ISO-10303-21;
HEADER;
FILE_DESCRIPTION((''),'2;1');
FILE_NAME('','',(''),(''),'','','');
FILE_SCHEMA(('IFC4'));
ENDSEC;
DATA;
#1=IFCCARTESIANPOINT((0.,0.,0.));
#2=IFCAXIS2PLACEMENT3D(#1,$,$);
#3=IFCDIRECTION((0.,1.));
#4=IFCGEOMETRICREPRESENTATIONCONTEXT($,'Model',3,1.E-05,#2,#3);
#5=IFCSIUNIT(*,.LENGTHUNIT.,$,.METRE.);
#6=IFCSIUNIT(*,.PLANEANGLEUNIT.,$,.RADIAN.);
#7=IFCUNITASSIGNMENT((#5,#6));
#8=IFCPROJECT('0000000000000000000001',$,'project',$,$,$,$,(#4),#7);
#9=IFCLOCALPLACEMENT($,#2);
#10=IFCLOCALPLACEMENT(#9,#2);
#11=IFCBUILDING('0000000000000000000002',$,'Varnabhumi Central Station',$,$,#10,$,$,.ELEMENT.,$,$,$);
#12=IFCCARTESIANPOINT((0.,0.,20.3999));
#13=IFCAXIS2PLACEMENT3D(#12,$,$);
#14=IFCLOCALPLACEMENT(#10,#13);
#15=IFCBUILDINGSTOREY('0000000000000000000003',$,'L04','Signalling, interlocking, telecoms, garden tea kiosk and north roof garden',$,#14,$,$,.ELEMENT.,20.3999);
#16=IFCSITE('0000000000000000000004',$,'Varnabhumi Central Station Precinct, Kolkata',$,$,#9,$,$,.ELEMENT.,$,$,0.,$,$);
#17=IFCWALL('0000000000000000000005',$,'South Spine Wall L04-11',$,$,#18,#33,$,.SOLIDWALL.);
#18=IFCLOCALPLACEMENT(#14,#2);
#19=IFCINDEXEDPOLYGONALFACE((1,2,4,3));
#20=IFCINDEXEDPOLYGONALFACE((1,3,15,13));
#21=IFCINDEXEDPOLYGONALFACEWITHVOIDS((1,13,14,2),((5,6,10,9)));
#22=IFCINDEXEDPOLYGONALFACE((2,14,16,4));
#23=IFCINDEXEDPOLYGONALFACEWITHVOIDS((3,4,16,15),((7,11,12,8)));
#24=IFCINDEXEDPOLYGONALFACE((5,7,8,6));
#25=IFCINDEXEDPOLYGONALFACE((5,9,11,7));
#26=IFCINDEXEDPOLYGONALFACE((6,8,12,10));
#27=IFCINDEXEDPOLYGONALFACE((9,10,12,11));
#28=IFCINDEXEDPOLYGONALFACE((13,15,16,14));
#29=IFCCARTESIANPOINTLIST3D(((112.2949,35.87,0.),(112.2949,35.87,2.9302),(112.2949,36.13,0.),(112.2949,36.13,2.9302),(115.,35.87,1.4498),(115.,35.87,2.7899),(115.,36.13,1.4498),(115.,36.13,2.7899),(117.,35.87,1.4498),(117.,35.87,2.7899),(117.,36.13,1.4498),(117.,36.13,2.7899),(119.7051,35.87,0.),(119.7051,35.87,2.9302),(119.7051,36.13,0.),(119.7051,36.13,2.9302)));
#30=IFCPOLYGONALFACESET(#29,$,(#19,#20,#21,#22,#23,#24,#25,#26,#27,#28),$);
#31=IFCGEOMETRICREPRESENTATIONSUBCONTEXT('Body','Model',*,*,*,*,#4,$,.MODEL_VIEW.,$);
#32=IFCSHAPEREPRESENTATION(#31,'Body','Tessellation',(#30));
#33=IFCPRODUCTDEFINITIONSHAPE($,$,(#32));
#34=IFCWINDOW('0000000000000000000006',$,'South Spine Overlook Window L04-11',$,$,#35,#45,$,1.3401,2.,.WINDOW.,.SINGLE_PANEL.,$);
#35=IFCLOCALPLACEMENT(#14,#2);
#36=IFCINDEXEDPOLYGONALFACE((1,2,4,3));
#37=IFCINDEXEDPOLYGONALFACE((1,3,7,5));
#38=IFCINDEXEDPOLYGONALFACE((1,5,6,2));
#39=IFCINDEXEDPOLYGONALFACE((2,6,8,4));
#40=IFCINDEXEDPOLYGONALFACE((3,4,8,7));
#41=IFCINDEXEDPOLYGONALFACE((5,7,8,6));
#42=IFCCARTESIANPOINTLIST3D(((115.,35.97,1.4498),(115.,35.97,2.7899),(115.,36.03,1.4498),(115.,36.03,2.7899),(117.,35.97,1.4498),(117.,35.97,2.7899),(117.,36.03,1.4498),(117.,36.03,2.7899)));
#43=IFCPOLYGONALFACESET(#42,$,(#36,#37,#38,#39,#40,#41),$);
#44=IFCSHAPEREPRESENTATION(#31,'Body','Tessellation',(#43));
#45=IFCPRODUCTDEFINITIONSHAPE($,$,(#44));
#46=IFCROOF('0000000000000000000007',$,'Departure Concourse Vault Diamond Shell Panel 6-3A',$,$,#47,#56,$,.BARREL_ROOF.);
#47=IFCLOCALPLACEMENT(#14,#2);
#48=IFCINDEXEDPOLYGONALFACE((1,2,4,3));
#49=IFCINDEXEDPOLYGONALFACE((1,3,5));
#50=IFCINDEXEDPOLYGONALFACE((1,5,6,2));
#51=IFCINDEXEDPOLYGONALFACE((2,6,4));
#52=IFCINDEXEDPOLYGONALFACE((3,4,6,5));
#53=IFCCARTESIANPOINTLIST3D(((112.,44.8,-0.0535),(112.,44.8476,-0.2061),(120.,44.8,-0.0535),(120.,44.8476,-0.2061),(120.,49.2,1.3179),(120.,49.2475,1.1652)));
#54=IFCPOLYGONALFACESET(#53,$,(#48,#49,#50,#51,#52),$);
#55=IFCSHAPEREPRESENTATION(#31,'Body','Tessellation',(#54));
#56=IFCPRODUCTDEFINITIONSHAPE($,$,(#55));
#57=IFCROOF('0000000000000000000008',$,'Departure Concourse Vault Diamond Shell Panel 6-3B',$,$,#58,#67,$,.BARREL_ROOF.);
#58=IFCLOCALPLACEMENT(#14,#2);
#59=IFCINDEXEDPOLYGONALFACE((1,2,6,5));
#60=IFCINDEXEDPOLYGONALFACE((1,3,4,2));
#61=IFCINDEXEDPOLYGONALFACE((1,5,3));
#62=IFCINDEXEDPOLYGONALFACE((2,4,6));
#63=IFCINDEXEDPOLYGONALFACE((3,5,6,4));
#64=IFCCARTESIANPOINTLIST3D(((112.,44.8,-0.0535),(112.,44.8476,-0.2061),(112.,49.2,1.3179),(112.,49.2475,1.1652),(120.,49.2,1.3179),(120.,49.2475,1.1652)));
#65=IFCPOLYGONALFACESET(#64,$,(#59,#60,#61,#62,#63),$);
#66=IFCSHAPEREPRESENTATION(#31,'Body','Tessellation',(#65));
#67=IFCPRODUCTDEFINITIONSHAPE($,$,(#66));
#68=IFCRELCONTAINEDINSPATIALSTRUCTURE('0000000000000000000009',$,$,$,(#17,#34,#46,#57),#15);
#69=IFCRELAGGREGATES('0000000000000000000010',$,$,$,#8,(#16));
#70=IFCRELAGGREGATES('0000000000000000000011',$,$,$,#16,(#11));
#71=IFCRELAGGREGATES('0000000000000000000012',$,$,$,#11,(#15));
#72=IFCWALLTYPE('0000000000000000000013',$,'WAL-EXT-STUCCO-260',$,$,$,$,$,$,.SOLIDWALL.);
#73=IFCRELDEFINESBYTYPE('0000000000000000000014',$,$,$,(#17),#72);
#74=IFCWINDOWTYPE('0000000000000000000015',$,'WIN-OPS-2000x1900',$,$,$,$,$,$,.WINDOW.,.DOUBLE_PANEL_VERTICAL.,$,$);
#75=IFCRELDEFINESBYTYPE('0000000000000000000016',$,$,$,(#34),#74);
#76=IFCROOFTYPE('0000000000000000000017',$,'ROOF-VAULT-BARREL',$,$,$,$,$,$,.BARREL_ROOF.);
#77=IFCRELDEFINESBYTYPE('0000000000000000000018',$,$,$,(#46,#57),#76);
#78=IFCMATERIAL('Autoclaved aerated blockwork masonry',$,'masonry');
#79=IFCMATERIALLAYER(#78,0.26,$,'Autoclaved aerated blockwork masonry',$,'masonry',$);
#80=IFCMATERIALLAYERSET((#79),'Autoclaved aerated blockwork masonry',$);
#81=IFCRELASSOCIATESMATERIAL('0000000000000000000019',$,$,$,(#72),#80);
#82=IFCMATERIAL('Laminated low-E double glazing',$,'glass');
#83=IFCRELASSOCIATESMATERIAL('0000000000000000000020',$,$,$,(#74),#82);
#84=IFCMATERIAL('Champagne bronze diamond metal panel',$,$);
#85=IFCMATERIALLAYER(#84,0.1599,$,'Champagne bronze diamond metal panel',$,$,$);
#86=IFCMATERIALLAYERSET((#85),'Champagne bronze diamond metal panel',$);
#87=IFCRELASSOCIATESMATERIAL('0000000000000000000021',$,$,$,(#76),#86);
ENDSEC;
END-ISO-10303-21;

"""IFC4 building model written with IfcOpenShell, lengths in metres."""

from ifc_helpers import new_model, si_unit, direction, frame, frame_2d, origin, place, context, subcontext, project, spatial, polyline, rectangle, outline, extrude, material, layer, layer_set, type_object, element, fill, save


model = new_model("IFC4")

# Units and contexts
model_context = context("Model", 3, precision=1e-05, world=origin(), true_north=direction((0.0, 1.0)))
body_context = subcontext(model_context, "Body", "Model", "MODEL_VIEW")
ifc_project = project(units=[si_unit("LENGTHUNIT", "METRE"), si_unit("PLANEANGLEUNIT", "RADIAN")], contexts=[model_context])

# Site, building, storey
site_placement = place(None, origin())
site = spatial("IfcSite", under=ifc_project, at=site_placement, Name="Varnabhumi Central Station Precinct, Kolkata", CompositionType="ELEMENT", RefElevation=0.0)
building_placement = place(site_placement, origin())
building = spatial("IfcBuilding", under=site, at=building_placement, Name="Varnabhumi Central Station", CompositionType="ELEMENT")
storey_placement = place(building_placement, frame((0.0, 0.0, 20.3999)))
storey = spatial("IfcBuildingStorey", under=building, at=storey_placement, Name="L04", Description="Signalling, interlocking, telecoms, garden tea kiosk and north roof garden", CompositionType="ELEMENT", Elevation=20.3999)

# Shared definitions
ifc_material_1 = material(Name="Laminated low-E double glazing", Category="glass")

# Shared definitions
ifc_material_2 = material(Name="Autoclaved aerated blockwork masonry", Category="masonry")

# Wall, opening, window
ifc_layer_1 = layer(ifc_material_2, 0.26, Name="Autoclaved aerated blockwork masonry", Category="masonry")
ifc_layer_set_1 = layer_set([ifc_layer_1], Name="Autoclaved aerated blockwork masonry")
wall_type_1 = type_object("IfcWallType", Name="WAL-EXT-STUCCO-260", PredefinedType="SOLIDWALL", material=ifc_layer_set_1)
wall_1_placement = place(storey_placement, frame((112.2949, 36.0, 0.0), z_axis=(0.0, 0.0, 1.0), x_axis=(1.0, 0.0, 0.0)))
wall_1 = element("IfcWall", 1, at=wall_1_placement, inside=storey, type_object=wall_type_1, Name="South Spine Wall L04-11", PredefinedType="SOLIDWALL", context=body_context, shape_type="SweptSolid", body=[
    extrude(rectangle(XDim=7.4102, YDim=0.26, at=frame_2d((3.7051, 0.0))), origin(), (0.0, 0.0, 1.0), 2.9302),
])
opening_placement = place(wall_1_placement, frame((2.7051, 0.0, 1.45)))
opening = element("IfcOpeningElement", 2, at=opening_placement, cuts=wall_1, PredefinedType="OPENING", context=body_context, shape_type="SweptSolid", body=[
    extrude(rectangle(XDim=2.0, YDim=1.3401, at=frame_2d((1.0, 0.6699))), frame((0.0, 0.1399, 0.0), z_axis=(0.0, -1.0, 0.0), x_axis=(1.0, 0.0, 0.0)), (0.0, 0.0, 1.0), 0.28),
])
window_type = type_object("IfcWindowType", Name="WIN-OPS-2000x1900", PartitioningType="DOUBLE_PANEL_VERTICAL", PredefinedType="WINDOW", material=ifc_material_1)
window_placement = place(opening_placement, origin())
window = element("IfcWindow", 3, at=window_placement, inside=storey, type_object=window_type, Name="South Spine Overlook Window L04-11", OverallHeight=1.3401, OverallWidth=2.0, PartitioningType="SINGLE_PANEL", PredefinedType="WINDOW", context=body_context, shape_type="SweptSolid", body=[
    extrude(rectangle(XDim=2.0, YDim=1.3401, at=frame_2d((1.0, 0.6699))), frame((0.0, 0.03, 0.0), z_axis=(0.0, -1.0, 0.0), x_axis=(1.0, 0.0, 0.0)), (0.0, 0.0, 1.0), 0.0601),
])
fill(opening, window)

# Roofs
ifc_material_3 = material(Name="Champagne bronze diamond metal panel")
ifc_layer_2 = layer(ifc_material_3, 0.1599, Name="Champagne bronze diamond metal panel")
ifc_layer_set_2 = layer_set([ifc_layer_2], Name="Champagne bronze diamond metal panel")
roof_type = type_object("IfcRoofType", Name="ROOF-VAULT-BARREL", PredefinedType="BARREL_ROOF", material=ifc_layer_set_2)
roof_1_placement = place(storey_placement, frame((112.0, 44.8, -0.0535), z_axis=(0.0, -0.297557, 0.954704), x_axis=(1.0, 0.0, 0.0)))
element("IfcRoof", 4, at=roof_1_placement, inside=storey, type_object=roof_type, Name="Departure Concourse Vault Diamond Shell Panel 6-3A", PredefinedType="BARREL_ROOF", context=body_context, shape_type="SweptSolid", body=[
    extrude(outline(polyline([(0.0, 0.0), (8.0, 0.0), (8.0, 4.6087), (0.0, 0.0)])), origin(), (0.0, 0.0, -1.0), 0.1599),
])
roof_2_placement = place(storey_placement, frame((112.0, 44.8, -0.0535), z_axis=(0.0, -0.297557, 0.954704), x_axis=(0.866501, 0.476565, 0.148533)))
element("IfcRoof", 5, at=roof_2_placement, inside=storey, type_object=roof_type, Name="Departure Concourse Vault Diamond Shell Panel 6-3B", PredefinedType="BARREL_ROOF", context=body_context, shape_type="SweptSolid", body=[
    extrude(outline(polyline([(0.0, 0.0), (9.2325, 0.0), (2.3005, 3.9934), (0.0, 0.0)])), origin(), (0.0, 0.0, -1.0), 0.1599),
])

save(model, "model.ifc")
